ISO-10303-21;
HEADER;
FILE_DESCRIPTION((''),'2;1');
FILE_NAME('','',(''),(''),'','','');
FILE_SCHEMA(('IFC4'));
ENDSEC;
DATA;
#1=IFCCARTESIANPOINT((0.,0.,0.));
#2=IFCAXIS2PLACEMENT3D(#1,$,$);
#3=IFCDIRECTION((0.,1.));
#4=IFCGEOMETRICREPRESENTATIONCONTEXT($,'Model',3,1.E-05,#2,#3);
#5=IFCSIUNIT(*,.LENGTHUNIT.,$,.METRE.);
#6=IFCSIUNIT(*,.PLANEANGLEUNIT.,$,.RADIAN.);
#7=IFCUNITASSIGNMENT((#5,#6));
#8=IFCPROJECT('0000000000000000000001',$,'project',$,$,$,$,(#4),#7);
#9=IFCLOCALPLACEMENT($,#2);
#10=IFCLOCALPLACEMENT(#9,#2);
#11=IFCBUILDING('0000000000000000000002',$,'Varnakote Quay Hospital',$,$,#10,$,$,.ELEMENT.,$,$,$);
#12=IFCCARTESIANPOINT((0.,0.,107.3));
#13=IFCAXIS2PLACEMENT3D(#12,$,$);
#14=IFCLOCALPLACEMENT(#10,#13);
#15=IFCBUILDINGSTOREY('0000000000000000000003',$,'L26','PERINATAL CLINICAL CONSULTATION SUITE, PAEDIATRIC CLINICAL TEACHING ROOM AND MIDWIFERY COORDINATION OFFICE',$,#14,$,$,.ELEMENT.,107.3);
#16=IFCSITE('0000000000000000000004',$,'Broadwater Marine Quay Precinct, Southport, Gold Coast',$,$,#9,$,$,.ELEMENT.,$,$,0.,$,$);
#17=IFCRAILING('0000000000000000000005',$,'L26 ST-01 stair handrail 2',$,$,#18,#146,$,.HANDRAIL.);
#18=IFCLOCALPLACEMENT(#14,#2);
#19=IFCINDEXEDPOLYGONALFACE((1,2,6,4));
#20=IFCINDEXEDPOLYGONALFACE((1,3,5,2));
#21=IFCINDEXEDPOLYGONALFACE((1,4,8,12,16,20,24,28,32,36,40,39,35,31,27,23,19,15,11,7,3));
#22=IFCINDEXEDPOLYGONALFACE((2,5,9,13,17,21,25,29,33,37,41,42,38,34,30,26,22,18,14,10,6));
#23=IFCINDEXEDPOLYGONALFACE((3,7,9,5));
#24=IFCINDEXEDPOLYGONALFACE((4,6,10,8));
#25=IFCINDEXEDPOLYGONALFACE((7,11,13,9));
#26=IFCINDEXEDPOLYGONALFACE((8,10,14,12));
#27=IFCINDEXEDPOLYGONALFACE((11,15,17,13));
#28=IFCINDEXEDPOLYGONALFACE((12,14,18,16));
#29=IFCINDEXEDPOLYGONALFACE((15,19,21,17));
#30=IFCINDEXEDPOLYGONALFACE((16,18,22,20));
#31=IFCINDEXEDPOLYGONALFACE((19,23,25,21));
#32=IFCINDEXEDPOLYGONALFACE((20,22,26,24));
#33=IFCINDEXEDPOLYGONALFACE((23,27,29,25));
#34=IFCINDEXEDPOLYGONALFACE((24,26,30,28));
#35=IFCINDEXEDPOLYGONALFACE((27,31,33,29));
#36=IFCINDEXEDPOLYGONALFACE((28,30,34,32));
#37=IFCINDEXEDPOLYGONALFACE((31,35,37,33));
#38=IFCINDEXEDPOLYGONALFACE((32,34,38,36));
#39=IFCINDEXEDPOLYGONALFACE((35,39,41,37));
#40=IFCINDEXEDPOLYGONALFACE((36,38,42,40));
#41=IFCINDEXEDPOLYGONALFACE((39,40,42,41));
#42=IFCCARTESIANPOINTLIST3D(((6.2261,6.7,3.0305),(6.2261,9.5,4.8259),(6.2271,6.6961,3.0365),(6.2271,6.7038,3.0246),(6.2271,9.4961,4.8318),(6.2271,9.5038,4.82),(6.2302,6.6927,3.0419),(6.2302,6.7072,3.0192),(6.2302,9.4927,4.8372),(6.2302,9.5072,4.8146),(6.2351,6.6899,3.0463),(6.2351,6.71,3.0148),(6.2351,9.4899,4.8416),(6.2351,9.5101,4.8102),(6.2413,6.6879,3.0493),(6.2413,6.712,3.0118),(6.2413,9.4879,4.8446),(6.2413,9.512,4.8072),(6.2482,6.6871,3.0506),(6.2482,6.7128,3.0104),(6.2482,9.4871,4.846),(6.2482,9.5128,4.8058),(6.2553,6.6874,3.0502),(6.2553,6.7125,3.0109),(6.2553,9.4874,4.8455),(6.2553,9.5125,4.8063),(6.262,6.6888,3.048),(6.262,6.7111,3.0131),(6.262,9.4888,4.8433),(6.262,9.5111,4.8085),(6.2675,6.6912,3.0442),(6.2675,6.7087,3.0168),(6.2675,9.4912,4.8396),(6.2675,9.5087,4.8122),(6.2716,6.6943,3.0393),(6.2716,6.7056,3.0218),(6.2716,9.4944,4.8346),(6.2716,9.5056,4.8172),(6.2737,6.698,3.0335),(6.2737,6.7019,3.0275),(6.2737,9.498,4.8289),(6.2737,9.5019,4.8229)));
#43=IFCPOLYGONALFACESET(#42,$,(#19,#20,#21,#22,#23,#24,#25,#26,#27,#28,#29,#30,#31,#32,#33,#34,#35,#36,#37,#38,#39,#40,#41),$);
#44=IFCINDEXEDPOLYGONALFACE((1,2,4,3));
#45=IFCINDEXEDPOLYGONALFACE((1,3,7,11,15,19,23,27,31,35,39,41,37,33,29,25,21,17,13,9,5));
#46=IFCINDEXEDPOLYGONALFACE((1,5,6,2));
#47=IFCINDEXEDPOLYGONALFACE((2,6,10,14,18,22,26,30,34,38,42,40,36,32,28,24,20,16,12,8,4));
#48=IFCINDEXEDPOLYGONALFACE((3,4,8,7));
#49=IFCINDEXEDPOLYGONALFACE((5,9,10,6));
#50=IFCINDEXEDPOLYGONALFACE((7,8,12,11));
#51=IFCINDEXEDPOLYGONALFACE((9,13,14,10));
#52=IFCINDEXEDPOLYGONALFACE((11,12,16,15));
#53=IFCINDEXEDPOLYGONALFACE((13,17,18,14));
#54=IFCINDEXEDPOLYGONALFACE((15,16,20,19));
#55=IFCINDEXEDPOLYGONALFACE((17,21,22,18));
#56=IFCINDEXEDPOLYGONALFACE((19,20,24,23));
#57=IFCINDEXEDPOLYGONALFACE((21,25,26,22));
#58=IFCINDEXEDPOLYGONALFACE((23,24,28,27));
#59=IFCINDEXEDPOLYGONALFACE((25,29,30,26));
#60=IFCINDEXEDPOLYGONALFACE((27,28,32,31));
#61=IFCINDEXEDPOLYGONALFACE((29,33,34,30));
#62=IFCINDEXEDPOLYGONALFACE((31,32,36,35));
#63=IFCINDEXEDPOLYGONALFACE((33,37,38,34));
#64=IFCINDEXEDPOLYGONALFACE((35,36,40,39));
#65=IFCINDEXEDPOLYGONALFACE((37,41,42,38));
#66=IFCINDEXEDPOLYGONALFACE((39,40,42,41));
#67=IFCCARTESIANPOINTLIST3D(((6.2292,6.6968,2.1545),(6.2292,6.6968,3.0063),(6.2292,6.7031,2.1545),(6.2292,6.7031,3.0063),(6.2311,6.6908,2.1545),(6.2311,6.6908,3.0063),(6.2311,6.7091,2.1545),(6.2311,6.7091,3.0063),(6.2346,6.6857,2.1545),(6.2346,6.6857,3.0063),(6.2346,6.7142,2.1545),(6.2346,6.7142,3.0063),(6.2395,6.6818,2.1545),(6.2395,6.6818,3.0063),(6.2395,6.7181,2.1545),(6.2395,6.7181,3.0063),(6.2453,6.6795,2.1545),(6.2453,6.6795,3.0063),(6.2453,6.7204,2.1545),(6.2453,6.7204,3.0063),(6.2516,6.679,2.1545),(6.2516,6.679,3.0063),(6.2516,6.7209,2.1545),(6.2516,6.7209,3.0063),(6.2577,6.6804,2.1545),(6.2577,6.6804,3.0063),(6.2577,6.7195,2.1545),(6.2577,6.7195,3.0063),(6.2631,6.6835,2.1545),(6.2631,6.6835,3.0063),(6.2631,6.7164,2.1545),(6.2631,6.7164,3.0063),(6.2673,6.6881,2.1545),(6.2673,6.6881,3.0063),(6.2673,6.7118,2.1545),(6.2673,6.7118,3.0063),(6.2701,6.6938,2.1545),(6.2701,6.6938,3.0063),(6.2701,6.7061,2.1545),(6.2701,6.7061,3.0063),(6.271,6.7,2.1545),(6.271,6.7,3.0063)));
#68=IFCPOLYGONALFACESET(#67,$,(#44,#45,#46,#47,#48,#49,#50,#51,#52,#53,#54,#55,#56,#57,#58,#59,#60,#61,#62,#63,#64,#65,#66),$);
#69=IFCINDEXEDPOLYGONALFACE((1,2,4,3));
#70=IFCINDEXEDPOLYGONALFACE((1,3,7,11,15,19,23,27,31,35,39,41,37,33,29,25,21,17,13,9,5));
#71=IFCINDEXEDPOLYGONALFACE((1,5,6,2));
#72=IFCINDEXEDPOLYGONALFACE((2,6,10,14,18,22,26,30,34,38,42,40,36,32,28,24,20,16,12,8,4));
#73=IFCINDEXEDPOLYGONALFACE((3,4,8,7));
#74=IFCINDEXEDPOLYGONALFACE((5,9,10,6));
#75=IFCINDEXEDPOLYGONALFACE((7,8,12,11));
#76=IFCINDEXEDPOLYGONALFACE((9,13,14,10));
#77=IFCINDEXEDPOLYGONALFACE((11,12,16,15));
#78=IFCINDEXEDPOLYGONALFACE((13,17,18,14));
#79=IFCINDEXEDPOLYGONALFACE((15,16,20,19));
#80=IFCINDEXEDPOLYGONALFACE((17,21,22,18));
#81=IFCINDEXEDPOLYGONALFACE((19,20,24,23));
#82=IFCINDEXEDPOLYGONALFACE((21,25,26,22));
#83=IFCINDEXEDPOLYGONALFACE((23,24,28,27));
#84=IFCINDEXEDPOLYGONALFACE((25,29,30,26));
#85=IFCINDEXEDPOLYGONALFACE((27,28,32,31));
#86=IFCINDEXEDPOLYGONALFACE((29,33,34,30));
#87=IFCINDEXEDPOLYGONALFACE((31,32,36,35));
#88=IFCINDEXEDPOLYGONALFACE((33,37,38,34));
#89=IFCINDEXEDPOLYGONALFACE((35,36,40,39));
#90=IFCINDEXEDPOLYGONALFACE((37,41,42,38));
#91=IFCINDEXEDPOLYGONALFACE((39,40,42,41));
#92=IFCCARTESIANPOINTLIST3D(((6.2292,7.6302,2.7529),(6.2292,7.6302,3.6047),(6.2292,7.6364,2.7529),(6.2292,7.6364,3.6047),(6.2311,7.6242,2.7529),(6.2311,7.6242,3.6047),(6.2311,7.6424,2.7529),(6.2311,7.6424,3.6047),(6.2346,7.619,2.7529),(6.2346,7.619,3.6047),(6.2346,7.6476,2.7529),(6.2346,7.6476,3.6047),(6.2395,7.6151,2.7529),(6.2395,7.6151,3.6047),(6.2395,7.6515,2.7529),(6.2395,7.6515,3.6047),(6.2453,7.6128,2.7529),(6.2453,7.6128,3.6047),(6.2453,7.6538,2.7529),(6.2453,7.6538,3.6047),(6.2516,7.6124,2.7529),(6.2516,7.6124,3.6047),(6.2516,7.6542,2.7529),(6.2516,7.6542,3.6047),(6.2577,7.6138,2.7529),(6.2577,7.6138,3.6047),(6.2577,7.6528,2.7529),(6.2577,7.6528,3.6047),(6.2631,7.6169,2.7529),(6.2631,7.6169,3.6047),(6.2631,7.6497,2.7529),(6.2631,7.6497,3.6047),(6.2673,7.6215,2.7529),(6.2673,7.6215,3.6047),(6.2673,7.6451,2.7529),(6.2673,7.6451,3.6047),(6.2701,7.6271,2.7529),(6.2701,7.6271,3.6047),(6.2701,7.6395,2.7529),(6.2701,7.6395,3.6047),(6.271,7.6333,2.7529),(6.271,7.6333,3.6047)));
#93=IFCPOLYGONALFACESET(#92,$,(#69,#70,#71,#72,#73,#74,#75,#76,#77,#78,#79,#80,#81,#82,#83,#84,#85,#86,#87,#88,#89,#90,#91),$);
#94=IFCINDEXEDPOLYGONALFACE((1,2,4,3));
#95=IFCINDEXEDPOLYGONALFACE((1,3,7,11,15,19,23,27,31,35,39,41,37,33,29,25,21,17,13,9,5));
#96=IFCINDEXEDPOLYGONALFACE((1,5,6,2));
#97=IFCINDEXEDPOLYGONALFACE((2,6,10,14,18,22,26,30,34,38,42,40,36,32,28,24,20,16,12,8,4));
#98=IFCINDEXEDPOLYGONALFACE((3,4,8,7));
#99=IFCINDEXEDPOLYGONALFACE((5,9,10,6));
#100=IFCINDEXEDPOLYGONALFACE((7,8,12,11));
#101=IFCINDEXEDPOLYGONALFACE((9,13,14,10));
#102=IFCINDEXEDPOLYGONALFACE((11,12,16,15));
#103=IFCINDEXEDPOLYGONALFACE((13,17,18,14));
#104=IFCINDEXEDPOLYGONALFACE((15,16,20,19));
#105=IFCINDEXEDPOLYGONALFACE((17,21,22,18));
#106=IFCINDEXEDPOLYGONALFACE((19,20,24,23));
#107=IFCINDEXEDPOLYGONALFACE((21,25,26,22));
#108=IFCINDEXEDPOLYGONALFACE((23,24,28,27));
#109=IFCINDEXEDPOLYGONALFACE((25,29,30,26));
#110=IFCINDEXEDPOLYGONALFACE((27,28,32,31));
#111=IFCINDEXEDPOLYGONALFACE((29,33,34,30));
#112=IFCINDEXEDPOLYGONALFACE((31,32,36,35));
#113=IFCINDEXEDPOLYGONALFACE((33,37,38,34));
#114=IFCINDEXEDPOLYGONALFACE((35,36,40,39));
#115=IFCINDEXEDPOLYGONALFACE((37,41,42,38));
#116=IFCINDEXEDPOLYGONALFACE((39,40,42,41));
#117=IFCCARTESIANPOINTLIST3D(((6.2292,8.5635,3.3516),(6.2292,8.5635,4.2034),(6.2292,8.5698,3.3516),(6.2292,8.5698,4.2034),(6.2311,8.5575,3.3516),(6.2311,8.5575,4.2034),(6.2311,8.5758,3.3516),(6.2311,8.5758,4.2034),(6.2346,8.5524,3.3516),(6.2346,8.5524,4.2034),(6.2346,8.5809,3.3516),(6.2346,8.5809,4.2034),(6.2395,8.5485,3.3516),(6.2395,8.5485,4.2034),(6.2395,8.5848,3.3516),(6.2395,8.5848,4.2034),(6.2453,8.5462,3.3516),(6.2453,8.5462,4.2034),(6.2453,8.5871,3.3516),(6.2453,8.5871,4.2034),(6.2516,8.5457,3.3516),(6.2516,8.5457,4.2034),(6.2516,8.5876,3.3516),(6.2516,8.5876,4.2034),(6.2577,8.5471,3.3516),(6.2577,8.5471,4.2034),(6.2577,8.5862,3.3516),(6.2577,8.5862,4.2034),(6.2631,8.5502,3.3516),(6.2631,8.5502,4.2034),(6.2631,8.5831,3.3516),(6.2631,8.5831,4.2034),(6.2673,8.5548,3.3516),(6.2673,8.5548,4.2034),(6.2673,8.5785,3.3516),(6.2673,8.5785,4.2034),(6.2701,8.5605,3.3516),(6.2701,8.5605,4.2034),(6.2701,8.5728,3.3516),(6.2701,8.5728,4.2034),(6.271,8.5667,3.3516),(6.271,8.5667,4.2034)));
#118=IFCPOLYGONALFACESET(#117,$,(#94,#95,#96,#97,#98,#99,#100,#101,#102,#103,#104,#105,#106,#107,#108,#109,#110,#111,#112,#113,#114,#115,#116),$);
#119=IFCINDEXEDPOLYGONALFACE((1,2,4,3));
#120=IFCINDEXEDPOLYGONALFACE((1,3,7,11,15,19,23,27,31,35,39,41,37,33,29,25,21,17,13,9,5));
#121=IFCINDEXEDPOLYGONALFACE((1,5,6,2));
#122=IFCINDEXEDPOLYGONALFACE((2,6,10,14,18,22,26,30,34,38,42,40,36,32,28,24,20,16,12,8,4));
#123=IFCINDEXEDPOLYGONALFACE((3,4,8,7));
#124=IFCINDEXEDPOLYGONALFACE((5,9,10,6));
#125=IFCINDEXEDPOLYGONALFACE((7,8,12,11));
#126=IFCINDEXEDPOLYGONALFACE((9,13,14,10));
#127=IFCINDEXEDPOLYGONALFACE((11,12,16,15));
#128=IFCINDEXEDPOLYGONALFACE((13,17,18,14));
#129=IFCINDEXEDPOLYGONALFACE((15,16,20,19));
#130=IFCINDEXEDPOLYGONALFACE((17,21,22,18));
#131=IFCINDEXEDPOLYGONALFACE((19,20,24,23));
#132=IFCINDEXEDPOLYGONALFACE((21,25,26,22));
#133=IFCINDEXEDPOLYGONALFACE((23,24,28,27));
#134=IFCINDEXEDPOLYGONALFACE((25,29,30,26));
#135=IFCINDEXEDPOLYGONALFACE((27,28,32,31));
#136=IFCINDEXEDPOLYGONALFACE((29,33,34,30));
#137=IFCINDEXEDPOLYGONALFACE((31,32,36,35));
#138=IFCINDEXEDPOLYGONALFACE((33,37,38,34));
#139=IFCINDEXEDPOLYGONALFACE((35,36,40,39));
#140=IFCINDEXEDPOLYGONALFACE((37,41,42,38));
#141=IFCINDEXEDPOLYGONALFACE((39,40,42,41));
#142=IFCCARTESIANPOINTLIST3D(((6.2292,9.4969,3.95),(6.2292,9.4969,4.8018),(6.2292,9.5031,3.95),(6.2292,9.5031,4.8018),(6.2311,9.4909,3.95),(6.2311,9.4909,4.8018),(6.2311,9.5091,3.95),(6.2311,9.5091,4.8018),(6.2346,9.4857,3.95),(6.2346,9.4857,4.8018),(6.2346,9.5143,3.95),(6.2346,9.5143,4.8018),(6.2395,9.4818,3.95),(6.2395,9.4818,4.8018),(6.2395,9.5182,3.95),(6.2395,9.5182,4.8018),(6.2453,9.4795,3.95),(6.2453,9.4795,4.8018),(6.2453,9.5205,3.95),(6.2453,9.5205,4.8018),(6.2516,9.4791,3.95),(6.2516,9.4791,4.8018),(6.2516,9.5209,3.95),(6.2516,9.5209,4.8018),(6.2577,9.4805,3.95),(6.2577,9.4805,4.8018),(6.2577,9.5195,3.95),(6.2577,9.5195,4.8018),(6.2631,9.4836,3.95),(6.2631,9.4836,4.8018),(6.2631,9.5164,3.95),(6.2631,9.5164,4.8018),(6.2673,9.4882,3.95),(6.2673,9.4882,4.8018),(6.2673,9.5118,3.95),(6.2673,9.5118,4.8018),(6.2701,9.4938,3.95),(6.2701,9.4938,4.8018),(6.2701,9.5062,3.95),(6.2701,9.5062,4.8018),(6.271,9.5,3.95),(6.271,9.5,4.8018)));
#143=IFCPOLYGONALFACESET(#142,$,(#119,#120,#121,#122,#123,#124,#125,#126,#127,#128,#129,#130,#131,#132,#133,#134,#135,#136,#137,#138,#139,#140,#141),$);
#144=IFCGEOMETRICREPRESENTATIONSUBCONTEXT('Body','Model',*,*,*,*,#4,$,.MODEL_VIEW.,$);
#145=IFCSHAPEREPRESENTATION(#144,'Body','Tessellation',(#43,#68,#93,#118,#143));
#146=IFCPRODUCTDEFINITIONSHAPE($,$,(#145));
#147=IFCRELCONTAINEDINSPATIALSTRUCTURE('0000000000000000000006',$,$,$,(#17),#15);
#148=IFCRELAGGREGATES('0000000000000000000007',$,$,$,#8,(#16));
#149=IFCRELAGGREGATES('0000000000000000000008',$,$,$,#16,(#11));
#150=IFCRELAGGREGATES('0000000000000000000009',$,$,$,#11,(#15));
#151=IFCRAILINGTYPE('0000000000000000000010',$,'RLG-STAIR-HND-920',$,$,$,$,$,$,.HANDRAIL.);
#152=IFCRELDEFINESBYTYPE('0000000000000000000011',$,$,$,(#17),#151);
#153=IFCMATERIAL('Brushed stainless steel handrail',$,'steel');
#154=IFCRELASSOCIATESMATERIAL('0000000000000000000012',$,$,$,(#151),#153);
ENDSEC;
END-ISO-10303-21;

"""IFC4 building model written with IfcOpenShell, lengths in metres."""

from ifc_helpers import new_model, si_unit, direction, frame, origin, origin_2d, place, context, subcontext, project, spatial, circle, extrude, material, type_object, element, save


model = new_model("IFC4")

# Units and contexts
model_context = context("Model", 3, precision=1e-05, world=origin(), true_north=direction((0.0, 1.0)))
body_context = subcontext(model_context, "Body", "Model", "MODEL_VIEW")
ifc_project = project(units=[si_unit("LENGTHUNIT", "METRE"), si_unit("PLANEANGLEUNIT", "RADIAN")], contexts=[model_context])

# Site, building, storey
site_placement = place(None, origin())
site = spatial("IfcSite", under=ifc_project, at=site_placement, Name="Broadwater Marine Quay Precinct, Southport, Gold Coast", CompositionType="ELEMENT", RefElevation=0.0)
building_placement = place(site_placement, origin())
building = spatial("IfcBuilding", under=site, at=building_placement, Name="Varnakote Quay Hospital", CompositionType="ELEMENT")
storey_placement = place(building_placement, frame((0.0, 0.0, 107.3)))
storey = spatial("IfcBuildingStorey", under=building, at=storey_placement, Name="L26", Description="PERINATAL CLINICAL CONSULTATION SUITE, PAEDIATRIC CLINICAL TEACHING ROOM AND MIDWIFERY COORDINATION OFFICE", CompositionType="ELEMENT", Elevation=107.3)

# Railing
ifc_material_1 = material(Name="Brushed stainless steel handrail", Category="steel")
railing_type_1 = type_object("IfcRailingType", Name="RLG-STAIR-HND-920", PredefinedType="HANDRAIL", material=ifc_material_1)
railing_1_placement = place(storey_placement, frame((6.25, 6.7, 2.1545)))
element("IfcRailing", 1, at=railing_1_placement, inside=storey, type_object=railing_type_1, Name="L26 ST-01 stair handrail 2", PredefinedType="HANDRAIL", context=body_context, shape_type="SweptSolid", body=[
    extrude(circle(Radius=0.0239, at=origin_2d()), frame((0.0, 0.0, 0.876), z_axis=(0.0, 0.84181, 0.539774), x_axis=(-1.0, 0.0, 0.0)), (0.0, 0.0, 1.0), 3.3262),
    extrude(circle(Radius=0.021, at=origin_2d()), origin(), (0.0, 0.0, 1.0), 0.8518),
    extrude(circle(Radius=0.021, at=origin_2d()), frame((0.0, 0.9333, 0.5984)), (0.0, 0.0, 1.0), 0.8518),
    extrude(circle(Radius=0.021, at=origin_2d()), frame((0.0, 1.8667, 1.197)), (0.0, 0.0, 1.0), 0.8518),
    extrude(circle(Radius=0.021, at=origin_2d()), frame((0.0, 2.8, 1.7954)), (0.0, 0.0, 1.0), 0.8518),
])

save(model, "model.ifc")
